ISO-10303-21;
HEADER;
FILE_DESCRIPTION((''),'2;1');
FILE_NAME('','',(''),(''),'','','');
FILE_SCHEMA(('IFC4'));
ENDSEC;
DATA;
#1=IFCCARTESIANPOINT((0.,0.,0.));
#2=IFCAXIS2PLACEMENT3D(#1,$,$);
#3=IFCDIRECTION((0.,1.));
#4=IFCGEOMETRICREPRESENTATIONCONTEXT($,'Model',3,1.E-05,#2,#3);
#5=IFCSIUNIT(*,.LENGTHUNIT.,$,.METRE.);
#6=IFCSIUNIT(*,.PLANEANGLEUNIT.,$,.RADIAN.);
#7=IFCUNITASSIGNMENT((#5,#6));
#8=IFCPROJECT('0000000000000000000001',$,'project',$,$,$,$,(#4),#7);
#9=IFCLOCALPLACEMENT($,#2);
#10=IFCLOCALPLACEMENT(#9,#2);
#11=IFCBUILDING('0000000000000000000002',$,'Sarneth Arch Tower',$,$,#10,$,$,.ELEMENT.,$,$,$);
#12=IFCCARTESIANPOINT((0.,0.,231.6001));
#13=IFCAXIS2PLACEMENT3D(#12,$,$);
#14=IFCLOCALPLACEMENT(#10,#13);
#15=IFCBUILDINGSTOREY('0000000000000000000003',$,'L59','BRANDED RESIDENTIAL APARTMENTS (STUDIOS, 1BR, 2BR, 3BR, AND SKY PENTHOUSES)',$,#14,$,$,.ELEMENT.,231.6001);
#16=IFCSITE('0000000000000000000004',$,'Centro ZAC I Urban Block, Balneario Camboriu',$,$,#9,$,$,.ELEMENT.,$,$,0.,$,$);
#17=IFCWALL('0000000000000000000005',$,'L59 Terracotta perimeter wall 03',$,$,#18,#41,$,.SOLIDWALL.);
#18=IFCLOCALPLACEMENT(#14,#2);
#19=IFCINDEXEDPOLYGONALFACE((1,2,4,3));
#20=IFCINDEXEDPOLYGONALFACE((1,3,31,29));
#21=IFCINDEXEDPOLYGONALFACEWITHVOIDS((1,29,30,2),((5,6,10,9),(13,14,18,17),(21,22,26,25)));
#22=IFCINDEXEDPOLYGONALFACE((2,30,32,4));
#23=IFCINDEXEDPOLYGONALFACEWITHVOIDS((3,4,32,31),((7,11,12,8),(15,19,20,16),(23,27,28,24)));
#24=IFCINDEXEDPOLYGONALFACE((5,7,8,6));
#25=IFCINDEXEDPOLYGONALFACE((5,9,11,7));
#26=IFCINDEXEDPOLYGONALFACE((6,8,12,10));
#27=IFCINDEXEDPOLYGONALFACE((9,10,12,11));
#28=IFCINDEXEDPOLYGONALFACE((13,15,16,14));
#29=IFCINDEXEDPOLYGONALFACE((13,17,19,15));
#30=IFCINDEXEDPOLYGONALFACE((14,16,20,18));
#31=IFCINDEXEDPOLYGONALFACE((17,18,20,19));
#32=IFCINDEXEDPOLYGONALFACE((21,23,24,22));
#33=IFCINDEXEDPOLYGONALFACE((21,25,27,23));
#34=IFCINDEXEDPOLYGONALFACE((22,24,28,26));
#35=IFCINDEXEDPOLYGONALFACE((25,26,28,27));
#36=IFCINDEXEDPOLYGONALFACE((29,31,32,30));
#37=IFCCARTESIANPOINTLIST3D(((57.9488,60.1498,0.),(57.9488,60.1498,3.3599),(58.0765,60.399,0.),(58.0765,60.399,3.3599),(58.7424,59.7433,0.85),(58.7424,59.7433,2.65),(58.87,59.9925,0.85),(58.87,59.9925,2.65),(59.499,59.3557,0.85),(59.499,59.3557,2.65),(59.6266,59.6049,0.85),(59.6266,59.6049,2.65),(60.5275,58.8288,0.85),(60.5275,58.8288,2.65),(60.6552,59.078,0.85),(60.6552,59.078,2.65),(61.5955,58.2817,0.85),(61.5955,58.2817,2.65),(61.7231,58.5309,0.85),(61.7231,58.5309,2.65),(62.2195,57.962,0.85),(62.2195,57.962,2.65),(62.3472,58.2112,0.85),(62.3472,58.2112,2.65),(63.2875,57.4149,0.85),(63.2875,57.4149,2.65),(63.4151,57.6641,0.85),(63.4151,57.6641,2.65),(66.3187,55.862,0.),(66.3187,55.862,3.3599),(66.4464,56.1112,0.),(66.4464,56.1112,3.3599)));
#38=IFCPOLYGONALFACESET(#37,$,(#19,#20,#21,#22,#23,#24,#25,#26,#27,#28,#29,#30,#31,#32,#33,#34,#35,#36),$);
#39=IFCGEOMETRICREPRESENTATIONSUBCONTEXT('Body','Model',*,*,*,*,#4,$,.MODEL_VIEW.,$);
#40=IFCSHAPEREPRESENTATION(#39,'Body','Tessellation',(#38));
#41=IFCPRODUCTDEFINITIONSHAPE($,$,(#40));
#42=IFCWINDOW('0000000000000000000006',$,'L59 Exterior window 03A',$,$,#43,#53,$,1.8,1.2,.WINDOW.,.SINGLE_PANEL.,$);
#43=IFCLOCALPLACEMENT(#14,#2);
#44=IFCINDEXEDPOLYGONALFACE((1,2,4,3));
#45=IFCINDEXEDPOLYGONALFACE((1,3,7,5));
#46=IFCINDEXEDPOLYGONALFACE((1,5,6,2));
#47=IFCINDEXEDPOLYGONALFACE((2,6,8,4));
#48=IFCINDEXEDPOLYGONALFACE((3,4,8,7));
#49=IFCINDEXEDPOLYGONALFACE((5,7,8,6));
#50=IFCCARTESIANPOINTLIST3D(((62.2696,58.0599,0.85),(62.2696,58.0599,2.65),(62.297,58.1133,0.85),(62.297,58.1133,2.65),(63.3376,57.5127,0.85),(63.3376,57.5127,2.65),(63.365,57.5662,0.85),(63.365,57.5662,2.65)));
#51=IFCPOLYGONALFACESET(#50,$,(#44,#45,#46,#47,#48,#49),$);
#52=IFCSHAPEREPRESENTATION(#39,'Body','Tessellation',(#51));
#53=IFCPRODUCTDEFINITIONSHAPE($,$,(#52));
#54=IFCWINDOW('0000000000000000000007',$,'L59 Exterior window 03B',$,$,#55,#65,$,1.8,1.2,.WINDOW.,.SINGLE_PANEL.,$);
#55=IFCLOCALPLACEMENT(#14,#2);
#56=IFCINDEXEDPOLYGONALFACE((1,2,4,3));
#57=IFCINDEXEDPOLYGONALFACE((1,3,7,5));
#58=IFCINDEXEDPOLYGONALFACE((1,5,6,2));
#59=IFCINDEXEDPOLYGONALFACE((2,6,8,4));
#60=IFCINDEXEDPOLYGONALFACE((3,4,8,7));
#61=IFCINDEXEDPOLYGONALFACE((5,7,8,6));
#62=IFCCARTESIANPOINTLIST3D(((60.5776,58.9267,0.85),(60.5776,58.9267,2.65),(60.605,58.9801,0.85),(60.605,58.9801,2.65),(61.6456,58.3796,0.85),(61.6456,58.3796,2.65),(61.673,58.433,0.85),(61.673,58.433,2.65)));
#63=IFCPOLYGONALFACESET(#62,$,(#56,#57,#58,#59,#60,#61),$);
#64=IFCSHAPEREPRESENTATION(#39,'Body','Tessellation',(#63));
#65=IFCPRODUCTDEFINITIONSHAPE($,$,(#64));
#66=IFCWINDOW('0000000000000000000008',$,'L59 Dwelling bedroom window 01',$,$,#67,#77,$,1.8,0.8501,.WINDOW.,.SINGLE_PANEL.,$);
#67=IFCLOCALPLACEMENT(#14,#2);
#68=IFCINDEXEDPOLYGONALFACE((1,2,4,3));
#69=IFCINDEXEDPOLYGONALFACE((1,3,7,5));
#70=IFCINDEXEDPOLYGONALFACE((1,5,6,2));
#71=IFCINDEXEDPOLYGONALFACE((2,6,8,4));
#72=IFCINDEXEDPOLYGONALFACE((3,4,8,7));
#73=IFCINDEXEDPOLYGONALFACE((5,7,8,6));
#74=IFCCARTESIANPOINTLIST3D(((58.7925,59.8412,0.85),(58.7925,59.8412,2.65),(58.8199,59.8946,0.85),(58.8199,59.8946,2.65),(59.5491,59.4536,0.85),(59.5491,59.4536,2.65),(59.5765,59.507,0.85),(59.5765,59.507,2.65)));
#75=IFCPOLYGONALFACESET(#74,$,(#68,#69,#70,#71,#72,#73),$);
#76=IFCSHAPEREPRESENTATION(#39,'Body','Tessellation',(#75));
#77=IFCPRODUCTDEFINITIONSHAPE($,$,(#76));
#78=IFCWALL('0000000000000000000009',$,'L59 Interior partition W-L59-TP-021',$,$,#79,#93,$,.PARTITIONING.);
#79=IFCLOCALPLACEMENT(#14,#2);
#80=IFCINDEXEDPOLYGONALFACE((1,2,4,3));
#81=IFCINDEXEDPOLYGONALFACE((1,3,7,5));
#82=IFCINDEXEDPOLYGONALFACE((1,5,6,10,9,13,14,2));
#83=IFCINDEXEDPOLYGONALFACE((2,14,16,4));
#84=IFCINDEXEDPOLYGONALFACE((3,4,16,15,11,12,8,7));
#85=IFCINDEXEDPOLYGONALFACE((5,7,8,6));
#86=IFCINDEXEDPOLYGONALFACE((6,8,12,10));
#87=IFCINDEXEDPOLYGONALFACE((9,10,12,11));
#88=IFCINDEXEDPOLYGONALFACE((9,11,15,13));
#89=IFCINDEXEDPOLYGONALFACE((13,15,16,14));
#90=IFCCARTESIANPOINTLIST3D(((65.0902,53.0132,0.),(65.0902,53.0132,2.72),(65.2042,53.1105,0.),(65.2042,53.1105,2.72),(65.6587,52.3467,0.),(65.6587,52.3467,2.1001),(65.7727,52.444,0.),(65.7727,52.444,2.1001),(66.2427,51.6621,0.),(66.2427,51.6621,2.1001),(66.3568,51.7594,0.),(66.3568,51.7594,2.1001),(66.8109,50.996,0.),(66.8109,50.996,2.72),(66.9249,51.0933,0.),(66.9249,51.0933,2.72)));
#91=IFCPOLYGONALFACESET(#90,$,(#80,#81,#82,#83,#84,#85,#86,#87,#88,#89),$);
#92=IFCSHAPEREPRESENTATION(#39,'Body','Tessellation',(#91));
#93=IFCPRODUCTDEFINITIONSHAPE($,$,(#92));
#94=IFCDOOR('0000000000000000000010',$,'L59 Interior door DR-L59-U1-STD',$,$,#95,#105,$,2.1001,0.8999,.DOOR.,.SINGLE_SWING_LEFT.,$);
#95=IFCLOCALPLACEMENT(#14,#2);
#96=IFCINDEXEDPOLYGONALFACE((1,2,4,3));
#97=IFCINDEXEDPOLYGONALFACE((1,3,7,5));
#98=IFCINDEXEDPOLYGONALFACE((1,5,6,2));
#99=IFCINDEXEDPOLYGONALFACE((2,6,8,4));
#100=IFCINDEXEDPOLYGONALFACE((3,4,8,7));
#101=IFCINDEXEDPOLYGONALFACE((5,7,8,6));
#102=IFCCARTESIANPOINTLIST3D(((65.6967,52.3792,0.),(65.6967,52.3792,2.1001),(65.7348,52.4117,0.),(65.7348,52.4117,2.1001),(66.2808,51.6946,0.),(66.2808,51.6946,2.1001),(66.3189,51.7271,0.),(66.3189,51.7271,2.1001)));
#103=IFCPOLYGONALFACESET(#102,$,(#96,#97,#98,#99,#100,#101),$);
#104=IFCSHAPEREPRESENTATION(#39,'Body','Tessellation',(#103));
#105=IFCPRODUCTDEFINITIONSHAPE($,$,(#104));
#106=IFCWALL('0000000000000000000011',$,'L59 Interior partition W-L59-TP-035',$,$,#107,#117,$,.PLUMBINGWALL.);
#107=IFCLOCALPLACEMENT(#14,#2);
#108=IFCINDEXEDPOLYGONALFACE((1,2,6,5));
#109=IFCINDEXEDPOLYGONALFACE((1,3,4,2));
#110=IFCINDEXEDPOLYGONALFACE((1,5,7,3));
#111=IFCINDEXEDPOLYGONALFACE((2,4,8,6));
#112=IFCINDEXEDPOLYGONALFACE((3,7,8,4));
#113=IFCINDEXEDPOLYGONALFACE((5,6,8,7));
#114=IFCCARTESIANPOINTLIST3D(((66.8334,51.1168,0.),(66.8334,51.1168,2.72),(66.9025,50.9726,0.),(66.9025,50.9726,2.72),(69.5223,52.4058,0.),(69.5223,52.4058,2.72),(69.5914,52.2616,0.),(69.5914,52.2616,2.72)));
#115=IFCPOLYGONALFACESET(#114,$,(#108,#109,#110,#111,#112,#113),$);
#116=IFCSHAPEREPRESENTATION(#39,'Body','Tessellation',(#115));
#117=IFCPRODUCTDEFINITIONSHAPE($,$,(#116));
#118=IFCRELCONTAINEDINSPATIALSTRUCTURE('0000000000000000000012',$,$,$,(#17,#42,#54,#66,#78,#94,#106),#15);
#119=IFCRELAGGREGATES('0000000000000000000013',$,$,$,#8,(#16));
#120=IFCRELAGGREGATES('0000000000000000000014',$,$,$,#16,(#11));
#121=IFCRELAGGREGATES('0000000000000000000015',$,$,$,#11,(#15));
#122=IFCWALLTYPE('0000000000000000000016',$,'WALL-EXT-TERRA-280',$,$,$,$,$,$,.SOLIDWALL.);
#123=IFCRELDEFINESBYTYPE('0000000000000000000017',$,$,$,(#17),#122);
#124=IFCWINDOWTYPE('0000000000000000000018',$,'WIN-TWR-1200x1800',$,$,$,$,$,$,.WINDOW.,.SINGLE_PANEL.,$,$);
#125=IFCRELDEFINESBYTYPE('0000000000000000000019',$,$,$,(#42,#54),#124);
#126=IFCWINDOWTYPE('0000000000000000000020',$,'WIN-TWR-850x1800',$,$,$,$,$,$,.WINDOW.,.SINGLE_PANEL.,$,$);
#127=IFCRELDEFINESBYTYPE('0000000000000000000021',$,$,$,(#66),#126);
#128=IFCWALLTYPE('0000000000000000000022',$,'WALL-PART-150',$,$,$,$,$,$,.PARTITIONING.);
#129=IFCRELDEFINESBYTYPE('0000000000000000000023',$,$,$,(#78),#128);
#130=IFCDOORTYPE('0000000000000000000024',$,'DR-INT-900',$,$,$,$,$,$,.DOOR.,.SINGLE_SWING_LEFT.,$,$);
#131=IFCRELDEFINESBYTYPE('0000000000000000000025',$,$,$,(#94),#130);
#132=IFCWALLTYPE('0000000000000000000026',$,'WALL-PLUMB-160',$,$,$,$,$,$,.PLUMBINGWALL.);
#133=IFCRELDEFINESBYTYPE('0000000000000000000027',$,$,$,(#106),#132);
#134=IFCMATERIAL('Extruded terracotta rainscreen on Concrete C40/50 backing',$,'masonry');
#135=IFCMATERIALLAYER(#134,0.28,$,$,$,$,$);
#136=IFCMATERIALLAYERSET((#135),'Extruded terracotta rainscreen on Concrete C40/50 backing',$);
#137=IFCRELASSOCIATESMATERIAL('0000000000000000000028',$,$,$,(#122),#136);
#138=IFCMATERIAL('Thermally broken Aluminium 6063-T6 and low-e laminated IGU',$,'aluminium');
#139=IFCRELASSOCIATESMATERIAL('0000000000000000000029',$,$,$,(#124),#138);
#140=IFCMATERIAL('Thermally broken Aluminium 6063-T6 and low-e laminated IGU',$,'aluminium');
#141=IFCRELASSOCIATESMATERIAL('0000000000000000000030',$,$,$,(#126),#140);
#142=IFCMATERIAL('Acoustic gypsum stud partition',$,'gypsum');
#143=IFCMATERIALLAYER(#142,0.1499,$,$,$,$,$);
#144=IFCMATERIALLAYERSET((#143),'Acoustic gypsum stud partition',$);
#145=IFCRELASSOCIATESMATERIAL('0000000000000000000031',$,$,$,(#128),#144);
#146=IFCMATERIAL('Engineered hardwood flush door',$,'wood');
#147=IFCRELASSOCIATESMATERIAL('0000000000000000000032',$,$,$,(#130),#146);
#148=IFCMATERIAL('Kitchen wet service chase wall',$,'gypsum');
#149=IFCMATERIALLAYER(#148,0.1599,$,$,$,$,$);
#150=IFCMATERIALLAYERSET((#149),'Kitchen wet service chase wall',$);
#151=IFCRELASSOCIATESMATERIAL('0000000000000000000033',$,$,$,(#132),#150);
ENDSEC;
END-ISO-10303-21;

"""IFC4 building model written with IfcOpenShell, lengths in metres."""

from ifc_helpers import new_model, si_unit, direction, frame, frame_2d, origin, place, context, subcontext, project, spatial, rectangle, extrude, material, layer, layer_set, type_object, element, fill, save


model = new_model("IFC4")

# Units and contexts
model_context = context("Model", 3, precision=1e-05, world=origin(), true_north=direction((0.0, 1.0)))
body_context = subcontext(model_context, "Body", "Model", "MODEL_VIEW")
ifc_project = project(units=[si_unit("LENGTHUNIT", "METRE"), si_unit("PLANEANGLEUNIT", "RADIAN")], contexts=[model_context])

# Site, building, storey
site_placement = place(None, origin())
site = spatial("IfcSite", under=ifc_project, at=site_placement, Name="Centro ZAC I Urban Block, Balneario Camboriu", CompositionType="ELEMENT", RefElevation=0.0)
building_placement = place(site_placement, origin())
building = spatial("IfcBuilding", under=site, at=building_placement, Name="Sarneth Arch Tower", CompositionType="ELEMENT")
storey_placement = place(building_placement, frame((0.0, 0.0, 231.6001)))
storey = spatial("IfcBuildingStorey", under=building, at=storey_placement, Name="L59", Description="BRANDED RESIDENTIAL APARTMENTS (STUDIOS, 1BR, 2BR, 3BR, AND SKY PENTHOUSES)", CompositionType="ELEMENT", Elevation=231.6001)

# Wall, openings, windows
ifc_material_1 = material(Name="Extruded terracotta rainscreen on Concrete C40/50 backing", Category="masonry")
ifc_layer_1 = layer(ifc_material_1, 0.28)
ifc_layer_set_1 = layer_set([ifc_layer_1], Name="Extruded terracotta rainscreen on Concrete C40/50 backing")
wall_type_1 = type_object("IfcWallType", Name="WALL-EXT-TERRA-280", PredefinedType="SOLIDWALL", material=ifc_layer_set_1)
wall_1_placement = place(storey_placement, frame((66.3826, 55.9866, 0.0), z_axis=(0.0, 0.0, 1.0), x_axis=(-0.890007, 0.455946, 0.0)))
wall_1 = element("IfcWall", 1, at=wall_1_placement, inside=storey, type_object=wall_type_1, Name="L59 Terracotta perimeter wall 03", PredefinedType="SOLIDWALL", context=body_context, shape_type="SweptSolid", body=[
    extrude(rectangle(XDim=9.4043, YDim=0.28, at=frame_2d((4.7021, 0.0))), origin(), (0.0, 0.0, 1.0), 3.3599),
])
opening_1_placement = place(wall_1_placement, frame((3.4058, 0.0, 0.8501)))
opening_1 = element("IfcOpeningElement", 2, at=opening_1_placement, cuts=wall_1, PredefinedType="OPENING", context=body_context, shape_type="SweptSolid", body=[
    extrude(rectangle(XDim=1.2, YDim=1.8, at=frame_2d((0.6001, 0.8999))), frame((0.0, 0.1499, 0.0), z_axis=(0.0, -1.0, 0.0), x_axis=(1.0, 0.0, 0.0)), (0.0, 0.0, 1.0), 0.3),
])
opening_2_placement = place(wall_1_placement, frame((5.3069, 0.0, 0.8501)))
opening_2 = element("IfcOpeningElement", 3, at=opening_2_placement, cuts=wall_1, PredefinedType="OPENING", context=body_context, shape_type="SweptSolid", body=[
    extrude(rectangle(XDim=1.2, YDim=1.8, at=frame_2d((0.6001, 0.8999))), frame((0.0, 0.1499, 0.0), z_axis=(0.0, -1.0, 0.0), x_axis=(1.0, 0.0, 0.0)), (0.0, 0.0, 1.0), 0.3),
])
opening_3_placement = place(wall_1_placement, frame((7.6626, 0.0, 0.8501)))
opening_3 = element("IfcOpeningElement", 4, at=opening_3_placement, cuts=wall_1, PredefinedType="OPENING", context=body_context, shape_type="SweptSolid", body=[
    extrude(rectangle(XDim=0.8501, YDim=1.8, at=frame_2d((0.425, 0.8999))), frame((0.0, 0.1499, 0.0), z_axis=(0.0, -1.0, 0.0), x_axis=(1.0, 0.0, 0.0)), (0.0, 0.0, 1.0), 0.3),
])
ifc_material_2 = material(Name="Thermally broken Aluminium 6063-T6 and low-e laminated IGU", Category="aluminium")
window_type_1 = type_object("IfcWindowType", Name="WIN-TWR-1200x1800", PartitioningType="SINGLE_PANEL", PredefinedType="WINDOW", material=ifc_material_2)
window_1_placement = place(opening_1_placement, origin())
window_1 = element("IfcWindow", 5, at=window_1_placement, inside=storey, type_object=window_type_1, Name="L59 Exterior window 03A", OverallHeight=1.8, OverallWidth=1.2, PartitioningType="SINGLE_PANEL", PredefinedType="WINDOW", context=body_context, shape_type="SweptSolid", body=[
    extrude(rectangle(XDim=1.2, YDim=1.8, at=frame_2d((0.6001, 0.8999))), frame((0.0, 0.03, 0.0), z_axis=(0.0, -1.0, 0.0), x_axis=(1.0, 0.0, 0.0)), (0.0, 0.0, 1.0), 0.0601),
])
fill(opening_1, window_1)
window_2_placement = place(opening_2_placement, origin())
window_2 = element("IfcWindow", 6, at=window_2_placement, inside=storey, type_object=window_type_1, Name="L59 Exterior window 03B", OverallHeight=1.8, OverallWidth=1.2, PartitioningType="SINGLE_PANEL", PredefinedType="WINDOW", context=body_context, shape_type="SweptSolid", body=[
    extrude(rectangle(XDim=1.2, YDim=1.8, at=frame_2d((0.6001, 0.8999))), frame((0.0, 0.03, 0.0), z_axis=(0.0, -1.0, 0.0), x_axis=(1.0, 0.0, 0.0)), (0.0, 0.0, 1.0), 0.0601),
])
fill(opening_2, window_2)
ifc_material_3 = material(Name="Thermally broken Aluminium 6063-T6 and low-e laminated IGU", Category="aluminium")
window_type_2 = type_object("IfcWindowType", Name="WIN-TWR-850x1800", PartitioningType="SINGLE_PANEL", PredefinedType="WINDOW", material=ifc_material_3)
window_3_placement = place(opening_3_placement, origin())
window_3 = element("IfcWindow", 7, at=window_3_placement, inside=storey, type_object=window_type_2, Name="L59 Dwelling bedroom window 01", OverallHeight=1.8, OverallWidth=0.8501, PartitioningType="SINGLE_PANEL", PredefinedType="WINDOW", context=body_context, shape_type="SweptSolid", body=[
    extrude(rectangle(XDim=0.8501, YDim=1.8, at=frame_2d((0.425, 0.8999))), frame((0.0, 0.03, 0.0), z_axis=(0.0, -1.0, 0.0), x_axis=(1.0, 0.0, 0.0)), (0.0, 0.0, 1.0), 0.0601),
])
fill(opening_3, window_3)

# Wall, opening, door
ifc_material_4 = material(Name="Acoustic gypsum stud partition", Category="gypsum")
ifc_layer_2 = layer(ifc_material_4, 0.1499)
ifc_layer_set_2 = layer_set([ifc_layer_2], Name="Acoustic gypsum stud partition")
wall_type_2 = type_object("IfcWallType", Name="WALL-PART-150", PredefinedType="PARTITIONING", material=ifc_layer_set_2)
wall_2_placement = place(storey_placement, frame((66.8679, 51.0447, 0.0), z_axis=(0.0, 0.0, 1.0), x_axis=(-0.649, 0.760788, 0.0)))
wall_2 = element("IfcWall", 8, at=wall_2_placement, inside=storey, type_object=wall_type_2, Name="L59 Interior partition W-L59-TP-021", PredefinedType="PARTITIONING", context=body_context, shape_type="SweptSolid", body=[
    extrude(rectangle(XDim=2.6514, YDim=0.1499, at=frame_2d((1.3257, 0.0))), origin(), (0.0, 0.0, 1.0), 2.72),
])
opening_4_placement = place(wall_2_placement, frame((0.8755, 0.0, 0.0)))
opening_4 = element("IfcOpeningElement", 9, at=opening_4_placement, cuts=wall_2, PredefinedType="OPENING", context=body_context, shape_type="SweptSolid", body=[
    extrude(rectangle(XDim=0.8999, YDim=2.1001, at=frame_2d((0.45, 1.05))), frame((0.0, 0.085, 0.0), z_axis=(0.0, -1.0, 0.0), x_axis=(1.0, 0.0, 0.0)), (0.0, 0.0, 1.0), 0.1699),
])
ifc_material_5 = material(Name="Engineered hardwood flush door", Category="wood")
door_type = type_object("IfcDoorType", Name="DR-INT-900", OperationType="SINGLE_SWING_LEFT", PredefinedType="DOOR", material=ifc_material_5)
door_placement = place(opening_4_placement, origin())
door = element("IfcDoor", 10, at=door_placement, inside=storey, type_object=door_type, Name="L59 Interior door DR-L59-U1-STD", OperationType="SINGLE_SWING_LEFT", OverallHeight=2.1001, OverallWidth=0.8999, PredefinedType="DOOR", context=body_context, shape_type="SweptSolid", body=[
    extrude(rectangle(XDim=0.8999, YDim=2.1001, at=frame_2d((0.45, 1.05))), frame((0.0, 0.0249, 0.0), z_axis=(0.0, -1.0, 0.0), x_axis=(1.0, 0.0, 0.0)), (0.0, 0.0, 1.0), 0.05),
])
fill(opening_4, door)

# Wall
ifc_material_6 = material(Name="Kitchen wet service chase wall", Category="gypsum")
ifc_layer_3 = layer(ifc_material_6, 0.1599)
ifc_layer_set_3 = layer_set([ifc_layer_3], Name="Kitchen wet service chase wall")
wall_type_3 = type_object("IfcWallType", Name="WALL-PLUMB-160", PredefinedType="PLUMBINGWALL", material=ifc_layer_set_3)
wall_3_placement = place(storey_placement, frame((66.8679, 51.0447, 0.0), z_axis=(0.0, 0.0, 1.0), x_axis=(0.901738, 0.432284, 0.0)))
element("IfcWall", 11, at=wall_3_placement, inside=storey, type_object=wall_type_3, Name="L59 Interior partition W-L59-TP-035", PredefinedType="PLUMBINGWALL", context=body_context, shape_type="SweptSolid", body=[
    extrude(rectangle(XDim=2.9819, YDim=0.1599, at=frame_2d((1.491, 0.0))), origin(), (0.0, 0.0, 1.0), 2.72),
])

save(model, "model.ifc")
